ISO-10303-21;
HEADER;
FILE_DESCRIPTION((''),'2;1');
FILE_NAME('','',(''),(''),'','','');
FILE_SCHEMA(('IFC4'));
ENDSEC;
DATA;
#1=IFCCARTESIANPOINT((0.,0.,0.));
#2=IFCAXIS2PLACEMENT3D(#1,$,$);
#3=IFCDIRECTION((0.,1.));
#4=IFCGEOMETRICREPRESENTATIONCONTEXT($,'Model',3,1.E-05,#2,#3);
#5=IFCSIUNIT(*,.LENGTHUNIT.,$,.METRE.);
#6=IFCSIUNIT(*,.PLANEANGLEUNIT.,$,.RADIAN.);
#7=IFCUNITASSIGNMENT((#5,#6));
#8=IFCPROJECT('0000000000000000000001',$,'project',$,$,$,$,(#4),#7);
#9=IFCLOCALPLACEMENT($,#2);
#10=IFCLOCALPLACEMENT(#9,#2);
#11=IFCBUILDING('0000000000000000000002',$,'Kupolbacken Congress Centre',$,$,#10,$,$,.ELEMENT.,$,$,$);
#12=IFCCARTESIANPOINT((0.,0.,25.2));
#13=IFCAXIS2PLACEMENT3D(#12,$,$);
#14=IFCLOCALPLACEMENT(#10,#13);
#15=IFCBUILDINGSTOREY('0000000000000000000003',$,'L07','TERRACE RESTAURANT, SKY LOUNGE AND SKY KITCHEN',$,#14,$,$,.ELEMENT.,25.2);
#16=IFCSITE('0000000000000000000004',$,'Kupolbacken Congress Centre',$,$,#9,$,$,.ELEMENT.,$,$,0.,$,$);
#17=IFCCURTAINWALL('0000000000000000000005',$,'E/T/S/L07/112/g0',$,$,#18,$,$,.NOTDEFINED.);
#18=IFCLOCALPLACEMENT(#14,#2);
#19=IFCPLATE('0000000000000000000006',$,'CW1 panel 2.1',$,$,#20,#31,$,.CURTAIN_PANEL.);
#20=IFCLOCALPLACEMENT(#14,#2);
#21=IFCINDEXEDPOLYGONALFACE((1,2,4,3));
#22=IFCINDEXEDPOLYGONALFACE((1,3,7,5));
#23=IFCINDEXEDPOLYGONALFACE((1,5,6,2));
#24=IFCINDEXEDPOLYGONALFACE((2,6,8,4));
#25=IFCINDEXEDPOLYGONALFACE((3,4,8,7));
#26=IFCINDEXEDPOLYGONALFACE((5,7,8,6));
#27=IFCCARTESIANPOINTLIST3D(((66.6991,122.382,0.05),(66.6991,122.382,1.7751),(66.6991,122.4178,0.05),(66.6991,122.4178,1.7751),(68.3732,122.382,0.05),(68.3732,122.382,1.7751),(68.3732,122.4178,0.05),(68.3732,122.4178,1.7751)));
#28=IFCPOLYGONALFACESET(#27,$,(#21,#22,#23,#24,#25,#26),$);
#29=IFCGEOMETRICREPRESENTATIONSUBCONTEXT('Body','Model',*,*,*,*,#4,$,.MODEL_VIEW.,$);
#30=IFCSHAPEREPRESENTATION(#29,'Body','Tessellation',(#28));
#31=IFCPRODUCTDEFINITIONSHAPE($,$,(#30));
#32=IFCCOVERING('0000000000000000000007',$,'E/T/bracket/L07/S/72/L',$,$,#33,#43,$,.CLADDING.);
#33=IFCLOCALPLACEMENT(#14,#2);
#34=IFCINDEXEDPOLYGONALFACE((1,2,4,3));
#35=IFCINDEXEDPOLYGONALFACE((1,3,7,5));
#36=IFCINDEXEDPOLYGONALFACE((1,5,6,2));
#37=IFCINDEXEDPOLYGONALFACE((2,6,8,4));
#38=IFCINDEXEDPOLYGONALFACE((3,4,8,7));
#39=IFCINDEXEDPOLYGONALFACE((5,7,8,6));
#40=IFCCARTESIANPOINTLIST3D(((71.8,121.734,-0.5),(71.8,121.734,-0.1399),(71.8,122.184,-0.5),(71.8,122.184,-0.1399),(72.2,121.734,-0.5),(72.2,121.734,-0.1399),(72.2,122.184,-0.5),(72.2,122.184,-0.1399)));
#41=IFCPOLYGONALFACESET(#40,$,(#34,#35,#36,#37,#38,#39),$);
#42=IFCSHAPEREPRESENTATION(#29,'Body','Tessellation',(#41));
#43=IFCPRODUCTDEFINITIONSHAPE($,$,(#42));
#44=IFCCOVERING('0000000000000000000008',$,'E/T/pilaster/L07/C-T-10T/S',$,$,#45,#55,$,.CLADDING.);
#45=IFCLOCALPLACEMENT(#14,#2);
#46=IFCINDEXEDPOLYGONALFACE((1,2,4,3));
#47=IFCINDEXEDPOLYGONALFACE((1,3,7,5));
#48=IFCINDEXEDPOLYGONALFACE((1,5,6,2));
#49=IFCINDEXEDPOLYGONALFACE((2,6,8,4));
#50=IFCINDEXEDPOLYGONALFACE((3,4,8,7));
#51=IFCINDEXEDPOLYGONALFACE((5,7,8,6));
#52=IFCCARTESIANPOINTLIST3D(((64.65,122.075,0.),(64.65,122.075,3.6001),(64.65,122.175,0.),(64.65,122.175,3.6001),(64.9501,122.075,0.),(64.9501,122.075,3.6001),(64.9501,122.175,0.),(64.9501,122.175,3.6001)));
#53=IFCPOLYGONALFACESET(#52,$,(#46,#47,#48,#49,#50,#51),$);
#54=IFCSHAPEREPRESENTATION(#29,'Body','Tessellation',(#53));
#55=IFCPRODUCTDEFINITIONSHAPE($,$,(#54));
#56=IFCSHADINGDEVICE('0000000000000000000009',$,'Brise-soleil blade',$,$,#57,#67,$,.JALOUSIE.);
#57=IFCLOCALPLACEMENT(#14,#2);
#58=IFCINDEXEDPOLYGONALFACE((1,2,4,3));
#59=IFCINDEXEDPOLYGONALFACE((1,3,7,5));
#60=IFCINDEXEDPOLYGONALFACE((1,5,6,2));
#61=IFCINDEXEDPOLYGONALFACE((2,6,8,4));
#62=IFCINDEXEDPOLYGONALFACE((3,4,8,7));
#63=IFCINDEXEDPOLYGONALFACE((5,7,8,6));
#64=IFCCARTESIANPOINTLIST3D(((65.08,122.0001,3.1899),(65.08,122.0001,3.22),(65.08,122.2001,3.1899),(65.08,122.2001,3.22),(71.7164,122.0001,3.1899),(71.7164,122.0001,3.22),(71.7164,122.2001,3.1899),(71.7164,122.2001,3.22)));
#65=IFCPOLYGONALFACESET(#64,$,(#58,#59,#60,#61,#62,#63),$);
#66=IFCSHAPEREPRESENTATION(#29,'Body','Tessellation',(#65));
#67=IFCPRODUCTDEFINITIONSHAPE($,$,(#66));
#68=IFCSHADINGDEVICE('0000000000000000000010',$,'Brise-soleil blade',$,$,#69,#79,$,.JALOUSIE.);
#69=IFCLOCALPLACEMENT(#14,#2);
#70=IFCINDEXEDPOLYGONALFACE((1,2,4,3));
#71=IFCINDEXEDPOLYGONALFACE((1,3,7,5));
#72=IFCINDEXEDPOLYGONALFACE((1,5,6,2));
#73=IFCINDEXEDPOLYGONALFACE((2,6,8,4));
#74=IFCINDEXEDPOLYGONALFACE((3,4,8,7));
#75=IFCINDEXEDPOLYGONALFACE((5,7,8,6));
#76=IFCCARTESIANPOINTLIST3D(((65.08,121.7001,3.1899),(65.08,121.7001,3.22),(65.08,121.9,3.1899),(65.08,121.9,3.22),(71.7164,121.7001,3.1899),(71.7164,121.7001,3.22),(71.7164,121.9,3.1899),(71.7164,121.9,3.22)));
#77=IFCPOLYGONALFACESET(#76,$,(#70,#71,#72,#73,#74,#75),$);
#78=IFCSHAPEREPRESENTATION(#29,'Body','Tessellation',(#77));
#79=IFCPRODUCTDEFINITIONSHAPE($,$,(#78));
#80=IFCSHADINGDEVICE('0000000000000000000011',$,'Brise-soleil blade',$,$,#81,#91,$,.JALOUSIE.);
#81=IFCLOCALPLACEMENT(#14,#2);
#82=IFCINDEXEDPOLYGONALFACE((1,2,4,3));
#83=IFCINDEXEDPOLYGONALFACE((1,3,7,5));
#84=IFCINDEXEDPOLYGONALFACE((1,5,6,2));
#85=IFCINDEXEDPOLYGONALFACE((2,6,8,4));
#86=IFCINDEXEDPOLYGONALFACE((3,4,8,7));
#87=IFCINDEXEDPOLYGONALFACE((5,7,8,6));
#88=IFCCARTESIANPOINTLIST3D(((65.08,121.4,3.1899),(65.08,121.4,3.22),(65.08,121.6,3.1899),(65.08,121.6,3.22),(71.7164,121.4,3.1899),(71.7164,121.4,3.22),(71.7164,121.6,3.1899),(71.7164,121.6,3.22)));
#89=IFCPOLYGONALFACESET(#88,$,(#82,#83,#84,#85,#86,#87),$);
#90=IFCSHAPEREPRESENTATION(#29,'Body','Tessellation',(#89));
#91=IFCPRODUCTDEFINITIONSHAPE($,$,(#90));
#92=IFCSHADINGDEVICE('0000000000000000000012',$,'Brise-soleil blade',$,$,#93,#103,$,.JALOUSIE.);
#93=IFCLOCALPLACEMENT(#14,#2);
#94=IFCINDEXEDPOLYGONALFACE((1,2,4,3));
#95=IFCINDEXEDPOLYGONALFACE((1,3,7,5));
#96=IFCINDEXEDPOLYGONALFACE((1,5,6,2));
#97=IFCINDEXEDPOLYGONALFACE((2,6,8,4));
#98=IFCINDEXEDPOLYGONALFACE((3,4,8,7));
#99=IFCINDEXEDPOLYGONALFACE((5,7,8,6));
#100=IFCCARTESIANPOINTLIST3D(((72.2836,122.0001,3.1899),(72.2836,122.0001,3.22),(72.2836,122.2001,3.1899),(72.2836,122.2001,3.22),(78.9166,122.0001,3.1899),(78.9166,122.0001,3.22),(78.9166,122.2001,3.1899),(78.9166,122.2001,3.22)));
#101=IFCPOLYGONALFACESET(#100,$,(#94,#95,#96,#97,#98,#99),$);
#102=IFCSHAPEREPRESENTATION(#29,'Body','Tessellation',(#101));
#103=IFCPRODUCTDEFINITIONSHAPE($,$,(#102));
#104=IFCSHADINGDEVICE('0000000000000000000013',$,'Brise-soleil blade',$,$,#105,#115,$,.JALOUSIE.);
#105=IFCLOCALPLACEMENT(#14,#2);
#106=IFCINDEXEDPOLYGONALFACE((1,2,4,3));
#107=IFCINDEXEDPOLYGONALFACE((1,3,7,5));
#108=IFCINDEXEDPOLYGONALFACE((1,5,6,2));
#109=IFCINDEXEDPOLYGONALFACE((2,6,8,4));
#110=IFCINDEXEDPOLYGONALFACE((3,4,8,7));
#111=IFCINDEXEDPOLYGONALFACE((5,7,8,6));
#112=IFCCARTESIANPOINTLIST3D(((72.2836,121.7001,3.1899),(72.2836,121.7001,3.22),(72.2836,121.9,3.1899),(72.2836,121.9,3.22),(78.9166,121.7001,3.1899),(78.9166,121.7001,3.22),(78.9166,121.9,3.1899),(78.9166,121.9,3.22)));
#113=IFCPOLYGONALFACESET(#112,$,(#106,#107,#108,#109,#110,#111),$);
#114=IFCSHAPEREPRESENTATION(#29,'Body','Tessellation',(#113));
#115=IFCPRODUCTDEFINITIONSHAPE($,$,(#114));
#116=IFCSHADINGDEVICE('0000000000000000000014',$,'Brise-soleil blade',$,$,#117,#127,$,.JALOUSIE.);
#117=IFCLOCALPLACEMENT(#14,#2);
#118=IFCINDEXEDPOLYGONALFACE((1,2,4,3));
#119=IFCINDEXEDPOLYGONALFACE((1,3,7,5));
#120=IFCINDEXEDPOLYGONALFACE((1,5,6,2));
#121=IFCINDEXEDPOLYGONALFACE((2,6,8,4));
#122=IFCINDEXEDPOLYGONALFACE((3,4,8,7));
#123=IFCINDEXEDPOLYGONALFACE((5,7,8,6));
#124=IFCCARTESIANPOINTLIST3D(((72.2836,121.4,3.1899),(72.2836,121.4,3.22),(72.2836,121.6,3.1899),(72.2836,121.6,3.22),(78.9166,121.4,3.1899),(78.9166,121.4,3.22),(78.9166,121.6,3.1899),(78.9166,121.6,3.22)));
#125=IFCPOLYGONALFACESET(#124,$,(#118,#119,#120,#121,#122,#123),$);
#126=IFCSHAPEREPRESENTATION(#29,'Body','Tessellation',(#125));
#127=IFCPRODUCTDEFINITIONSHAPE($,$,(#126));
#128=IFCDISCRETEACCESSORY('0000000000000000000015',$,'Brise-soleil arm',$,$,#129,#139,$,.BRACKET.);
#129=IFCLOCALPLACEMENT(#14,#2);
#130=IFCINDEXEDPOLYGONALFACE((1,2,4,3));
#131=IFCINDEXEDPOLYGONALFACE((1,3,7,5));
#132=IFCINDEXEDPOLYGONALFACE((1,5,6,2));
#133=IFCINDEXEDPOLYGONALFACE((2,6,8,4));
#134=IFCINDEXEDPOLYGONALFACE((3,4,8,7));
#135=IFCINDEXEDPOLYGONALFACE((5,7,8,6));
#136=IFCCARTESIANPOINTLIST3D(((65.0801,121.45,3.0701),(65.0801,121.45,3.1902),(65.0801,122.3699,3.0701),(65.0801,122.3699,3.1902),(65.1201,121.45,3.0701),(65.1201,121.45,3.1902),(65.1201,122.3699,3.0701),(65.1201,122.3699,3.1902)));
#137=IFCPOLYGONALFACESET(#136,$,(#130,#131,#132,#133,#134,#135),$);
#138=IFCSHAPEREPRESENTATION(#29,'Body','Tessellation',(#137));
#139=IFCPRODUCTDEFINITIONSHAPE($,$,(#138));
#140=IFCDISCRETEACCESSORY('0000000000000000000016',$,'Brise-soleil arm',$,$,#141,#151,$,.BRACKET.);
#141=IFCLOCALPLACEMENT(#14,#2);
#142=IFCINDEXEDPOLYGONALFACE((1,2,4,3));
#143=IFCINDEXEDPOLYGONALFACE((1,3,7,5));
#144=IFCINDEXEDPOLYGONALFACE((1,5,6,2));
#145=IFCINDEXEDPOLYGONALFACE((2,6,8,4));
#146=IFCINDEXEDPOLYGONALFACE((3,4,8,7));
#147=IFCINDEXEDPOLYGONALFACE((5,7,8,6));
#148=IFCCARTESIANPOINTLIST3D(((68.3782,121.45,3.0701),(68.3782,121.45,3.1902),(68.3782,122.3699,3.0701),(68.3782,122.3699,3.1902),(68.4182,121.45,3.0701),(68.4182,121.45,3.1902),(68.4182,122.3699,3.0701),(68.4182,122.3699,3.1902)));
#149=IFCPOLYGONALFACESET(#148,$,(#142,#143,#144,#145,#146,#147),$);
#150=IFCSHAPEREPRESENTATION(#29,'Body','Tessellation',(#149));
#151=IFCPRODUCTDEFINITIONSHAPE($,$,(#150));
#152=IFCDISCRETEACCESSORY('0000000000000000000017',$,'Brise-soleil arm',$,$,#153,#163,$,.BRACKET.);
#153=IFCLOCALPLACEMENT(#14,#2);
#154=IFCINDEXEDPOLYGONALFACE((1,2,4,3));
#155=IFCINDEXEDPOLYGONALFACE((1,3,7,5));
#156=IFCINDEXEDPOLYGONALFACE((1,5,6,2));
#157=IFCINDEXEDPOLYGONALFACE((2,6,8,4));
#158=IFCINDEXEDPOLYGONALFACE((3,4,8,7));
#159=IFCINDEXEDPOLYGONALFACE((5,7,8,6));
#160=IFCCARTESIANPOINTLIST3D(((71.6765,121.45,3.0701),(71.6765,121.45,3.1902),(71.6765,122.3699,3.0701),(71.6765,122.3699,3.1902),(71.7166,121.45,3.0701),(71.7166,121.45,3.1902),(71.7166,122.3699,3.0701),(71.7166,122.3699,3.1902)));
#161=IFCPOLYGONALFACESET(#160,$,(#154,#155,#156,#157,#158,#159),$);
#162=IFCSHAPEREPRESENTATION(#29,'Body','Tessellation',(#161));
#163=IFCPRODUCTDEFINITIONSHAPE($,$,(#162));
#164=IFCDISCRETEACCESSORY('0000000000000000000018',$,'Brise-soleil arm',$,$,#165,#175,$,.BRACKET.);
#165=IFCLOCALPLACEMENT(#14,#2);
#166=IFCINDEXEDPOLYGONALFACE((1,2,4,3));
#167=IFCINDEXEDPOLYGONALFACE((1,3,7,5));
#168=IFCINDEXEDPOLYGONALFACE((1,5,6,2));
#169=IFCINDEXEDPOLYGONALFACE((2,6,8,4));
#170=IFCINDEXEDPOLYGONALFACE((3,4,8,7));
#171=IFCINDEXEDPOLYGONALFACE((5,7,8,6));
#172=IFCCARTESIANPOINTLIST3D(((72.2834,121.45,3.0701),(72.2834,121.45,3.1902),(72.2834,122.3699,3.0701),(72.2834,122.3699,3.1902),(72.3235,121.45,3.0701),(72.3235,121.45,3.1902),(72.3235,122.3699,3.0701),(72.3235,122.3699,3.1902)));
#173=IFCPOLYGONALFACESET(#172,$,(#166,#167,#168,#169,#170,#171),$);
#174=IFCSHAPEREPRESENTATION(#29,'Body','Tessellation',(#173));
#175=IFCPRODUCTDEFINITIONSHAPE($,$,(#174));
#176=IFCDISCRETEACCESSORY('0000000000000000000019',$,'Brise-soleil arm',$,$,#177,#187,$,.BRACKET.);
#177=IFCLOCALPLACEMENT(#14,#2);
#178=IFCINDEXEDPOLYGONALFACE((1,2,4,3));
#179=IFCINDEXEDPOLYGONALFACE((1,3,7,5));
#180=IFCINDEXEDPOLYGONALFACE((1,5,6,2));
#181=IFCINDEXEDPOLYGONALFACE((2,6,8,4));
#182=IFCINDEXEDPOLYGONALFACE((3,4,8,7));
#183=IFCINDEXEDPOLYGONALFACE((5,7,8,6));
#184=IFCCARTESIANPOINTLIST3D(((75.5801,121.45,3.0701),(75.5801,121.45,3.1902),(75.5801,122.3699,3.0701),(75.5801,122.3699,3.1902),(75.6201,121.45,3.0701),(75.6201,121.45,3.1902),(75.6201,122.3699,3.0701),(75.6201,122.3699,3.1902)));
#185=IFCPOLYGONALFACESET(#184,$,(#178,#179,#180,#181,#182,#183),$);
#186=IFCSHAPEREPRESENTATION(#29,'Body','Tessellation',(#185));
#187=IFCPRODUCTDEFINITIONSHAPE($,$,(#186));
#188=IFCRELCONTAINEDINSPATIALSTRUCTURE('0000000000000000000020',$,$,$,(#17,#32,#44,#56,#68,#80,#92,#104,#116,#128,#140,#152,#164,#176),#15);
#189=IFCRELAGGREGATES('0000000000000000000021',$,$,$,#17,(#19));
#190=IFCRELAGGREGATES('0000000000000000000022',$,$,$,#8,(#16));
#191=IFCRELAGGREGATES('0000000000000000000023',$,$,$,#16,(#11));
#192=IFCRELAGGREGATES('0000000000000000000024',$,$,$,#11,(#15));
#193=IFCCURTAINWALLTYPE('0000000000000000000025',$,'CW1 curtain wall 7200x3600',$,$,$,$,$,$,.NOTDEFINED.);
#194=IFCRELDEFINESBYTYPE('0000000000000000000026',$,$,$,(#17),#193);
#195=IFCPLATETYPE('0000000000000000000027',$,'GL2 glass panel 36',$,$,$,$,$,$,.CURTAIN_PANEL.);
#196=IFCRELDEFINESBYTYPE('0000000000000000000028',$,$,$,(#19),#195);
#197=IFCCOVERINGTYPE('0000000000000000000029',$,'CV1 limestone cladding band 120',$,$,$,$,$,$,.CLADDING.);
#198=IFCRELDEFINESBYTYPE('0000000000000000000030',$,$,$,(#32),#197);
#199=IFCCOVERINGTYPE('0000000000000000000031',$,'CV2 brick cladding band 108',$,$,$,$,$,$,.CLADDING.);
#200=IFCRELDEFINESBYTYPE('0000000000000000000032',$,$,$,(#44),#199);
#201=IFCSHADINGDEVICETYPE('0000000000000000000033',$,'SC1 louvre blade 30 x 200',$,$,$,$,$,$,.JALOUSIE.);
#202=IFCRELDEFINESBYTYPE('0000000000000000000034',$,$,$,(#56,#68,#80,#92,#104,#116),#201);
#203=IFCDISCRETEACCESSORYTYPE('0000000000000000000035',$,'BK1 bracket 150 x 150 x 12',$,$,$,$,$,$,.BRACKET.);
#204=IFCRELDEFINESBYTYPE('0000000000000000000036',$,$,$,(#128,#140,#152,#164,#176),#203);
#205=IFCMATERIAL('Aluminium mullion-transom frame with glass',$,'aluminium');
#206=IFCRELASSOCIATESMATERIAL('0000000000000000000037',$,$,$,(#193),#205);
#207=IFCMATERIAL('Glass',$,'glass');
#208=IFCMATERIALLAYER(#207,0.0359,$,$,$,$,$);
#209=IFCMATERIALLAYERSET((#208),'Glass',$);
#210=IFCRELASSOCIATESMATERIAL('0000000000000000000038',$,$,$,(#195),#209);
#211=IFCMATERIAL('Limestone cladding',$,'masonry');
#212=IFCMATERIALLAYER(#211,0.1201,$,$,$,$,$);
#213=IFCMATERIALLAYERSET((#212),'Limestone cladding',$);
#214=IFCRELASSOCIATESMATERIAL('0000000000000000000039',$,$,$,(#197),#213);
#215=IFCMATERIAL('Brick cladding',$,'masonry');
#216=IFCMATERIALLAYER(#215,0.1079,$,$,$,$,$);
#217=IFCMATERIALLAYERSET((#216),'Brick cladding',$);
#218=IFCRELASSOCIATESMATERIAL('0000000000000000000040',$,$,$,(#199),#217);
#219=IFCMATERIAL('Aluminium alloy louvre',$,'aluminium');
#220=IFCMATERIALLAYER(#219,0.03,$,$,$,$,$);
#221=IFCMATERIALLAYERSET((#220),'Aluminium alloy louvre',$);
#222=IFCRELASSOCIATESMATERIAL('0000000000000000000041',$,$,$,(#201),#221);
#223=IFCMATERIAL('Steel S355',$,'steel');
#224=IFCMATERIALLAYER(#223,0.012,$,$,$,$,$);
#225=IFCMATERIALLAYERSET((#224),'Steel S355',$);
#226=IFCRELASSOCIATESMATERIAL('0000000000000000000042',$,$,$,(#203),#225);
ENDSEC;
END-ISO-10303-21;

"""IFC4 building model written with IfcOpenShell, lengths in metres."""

from ifc_helpers import new_model, si_unit, direction, frame, origin, origin_2d, place, context, subcontext, project, spatial, rectangle, extrude, material, layer, layer_set, type_object, element, aggregate, save


model = new_model("IFC4")

# Units and contexts
model_context = context("Model", 3, precision=1e-05, world=origin(), true_north=direction((0.0, 1.0)))
body_context = subcontext(model_context, "Body", "Model", "MODEL_VIEW")
ifc_project = project(units=[si_unit("LENGTHUNIT", "METRE"), si_unit("PLANEANGLEUNIT", "RADIAN")], contexts=[model_context])

# Site, building, storey
site_placement = place(None, origin())
site = spatial("IfcSite", under=ifc_project, at=site_placement, Name="Kupolbacken Congress Centre", CompositionType="ELEMENT", RefElevation=0.0)
building_placement = place(site_placement, origin())
building = spatial("IfcBuilding", under=site, at=building_placement, Name="Kupolbacken Congress Centre", CompositionType="ELEMENT")
storey_placement = place(building_placement, frame((0.0, 0.0, 25.2)))
storey = spatial("IfcBuildingStorey", under=building, at=storey_placement, Name="L07", Description="TERRACE RESTAURANT, SKY LOUNGE AND SKY KITCHEN", CompositionType="ELEMENT", Elevation=25.2)

# Curtain wall
ifc_material_1 = material(Name="Aluminium mullion-transom frame with glass", Category="aluminium")
curtain_wall_type_1 = type_object("IfcCurtainWallType", Name="CW1 curtain wall 7200x3600", PredefinedType="NOTDEFINED", material=ifc_material_1)
curtain_wall_1_placement = place(storey_placement, origin())
curtain_wall_1 = element("IfcCurtainWall", 1, at=curtain_wall_1_placement, inside=storey, type_object=curtain_wall_type_1, Name="E/T/S/L07/112/g0", PredefinedType="NOTDEFINED")

# Plate
ifc_material_2 = material(Name="Glass", Category="glass")
ifc_layer_1 = layer(ifc_material_2, 0.0359)
ifc_layer_set_1 = layer_set([ifc_layer_1], Name="Glass")
plate_type_1 = type_object("IfcPlateType", Name="GL2 glass panel 36", PredefinedType="CURTAIN_PANEL", material=ifc_layer_set_1)
plate_1_placement = place(storey_placement, frame((67.5361, 122.3999, 0.05), z_axis=(0.0, 0.0, 1.0), x_axis=(1.0, 0.0, 0.0)))
plate_1 = element("IfcPlate", 2, at=plate_1_placement, type_object=plate_type_1, Name="CW1 panel 2.1", PredefinedType="CURTAIN_PANEL", context=body_context, shape_type="SweptSolid", body=[
    extrude(rectangle(XDim=1.6741, YDim=0.0359, at=origin_2d()), origin(), (0.0, 0.0, 1.0), 1.7251),
])
aggregate(curtain_wall_1, [plate_1])

# Coverings
ifc_material_3 = material(Name="Limestone cladding", Category="masonry")
ifc_layer_2 = layer(ifc_material_3, 0.1201)
ifc_layer_set_2 = layer_set([ifc_layer_2], Name="Limestone cladding")
covering_type_1 = type_object("IfcCoveringType", Name="CV1 limestone cladding band 120", PredefinedType="CLADDING", material=ifc_layer_set_2)
covering_1_placement = place(storey_placement, frame((72.0, 121.959, -0.5), z_axis=(0.0, 0.0, 1.0), x_axis=(1.0, 0.0, 0.0)))
element("IfcCovering", 3, at=covering_1_placement, inside=storey, type_object=covering_type_1, Name="E/T/bracket/L07/S/72/L", PredefinedType="CLADDING", context=body_context, shape_type="SweptSolid", body=[
    extrude(rectangle(XDim=0.3999, YDim=0.45, at=origin_2d()), origin(), (0.0, 0.0, 1.0), 0.3601),
])
ifc_material_4 = material(Name="Brick cladding", Category="masonry")
ifc_layer_3 = layer(ifc_material_4, 0.1079)
ifc_layer_set_3 = layer_set([ifc_layer_3], Name="Brick cladding")
covering_type_2 = type_object("IfcCoveringType", Name="CV2 brick cladding band 108", PredefinedType="CLADDING", material=ifc_layer_set_3)
covering_2_placement = place(storey_placement, frame((64.8, 122.125, 0.0), z_axis=(0.0, 0.0, 1.0), x_axis=(1.0, 0.0, 0.0)))
element("IfcCovering", 4, at=covering_2_placement, inside=storey, type_object=covering_type_2, Name="E/T/pilaster/L07/C-T-10T/S", PredefinedType="CLADDING", context=body_context, shape_type="SweptSolid", body=[
    extrude(rectangle(XDim=0.3, YDim=0.1001, at=origin_2d()), origin(), (0.0, 0.0, 1.0), 3.6001),
])

# Shading devices
ifc_material_5 = material(Name="Aluminium alloy louvre", Category="aluminium")
ifc_layer_4 = layer(ifc_material_5, 0.03)
ifc_layer_set_4 = layer_set([ifc_layer_4], Name="Aluminium alloy louvre")
shading_device_type = type_object("IfcShadingDeviceType", Name="SC1 louvre blade 30 x 200", PredefinedType="JALOUSIE", material=ifc_layer_set_4)
for number, where, z_axis, x_axis, name in (
    (5, (68.3982, 122.1001, 3.1899), (0.0, 0.0, 1.0), (1.0, 0.0, 0.0), "Brise-soleil blade"),
    (6, (68.3982, 121.8, 3.1899), (0.0, 0.0, 1.0), (1.0, 0.0, 0.0), "Brise-soleil blade"),
    (7, (68.3982, 121.5, 3.1899), (0.0, 0.0, 1.0), (1.0, 0.0, 0.0), "Brise-soleil blade"),
):
    element("IfcShadingDevice", number, at=place(storey_placement, frame(where, z_axis=z_axis, x_axis=x_axis)), inside=storey, type_object=shading_device_type, Name=name, PredefinedType="JALOUSIE", context=body_context, shape_type="SweptSolid", body=[
        extrude(rectangle(XDim=6.6365, YDim=0.2, at=origin_2d()), origin(), (0.0, 0.0, 1.0), 0.03),
    ])
for number, where, z_axis, x_axis, name in (
    (8, (75.6001, 122.1001, 3.1899), (0.0, 0.0, 1.0), (1.0, 0.0, 0.0), "Brise-soleil blade"),
    (9, (75.6001, 121.8, 3.1899), (0.0, 0.0, 1.0), (1.0, 0.0, 0.0), "Brise-soleil blade"),
    (10, (75.6001, 121.5, 3.1899), (0.0, 0.0, 1.0), (1.0, 0.0, 0.0), "Brise-soleil blade"),
):
    element("IfcShadingDevice", number, at=place(storey_placement, frame(where, z_axis=z_axis, x_axis=x_axis)), inside=storey, type_object=shading_device_type, Name=name, PredefinedType="JALOUSIE", context=body_context, shape_type="SweptSolid", body=[
        extrude(rectangle(XDim=6.6331, YDim=0.2, at=origin_2d()), origin(), (0.0, 0.0, 1.0), 0.03),
    ])

# Discrete accessories
ifc_material_6 = material(Name="Steel S355", Category="steel")
ifc_layer_5 = layer(ifc_material_6, 0.012)
ifc_layer_set_5 = layer_set([ifc_layer_5], Name="Steel S355")
discrete_accessory_type = type_object("IfcDiscreteAccessoryType", Name="BK1 bracket 150 x 150 x 12", PredefinedType="BRACKET", material=ifc_layer_set_5)
for number, where, z_axis, x_axis, name in (
    (11, (65.1001, 121.9099, 3.0701), (0.0, 0.0, 1.0), (1.0, 0.0, 0.0), "Brise-soleil arm"),
    (12, (68.3982, 121.9099, 3.0701), (0.0, 0.0, 1.0), (1.0, 0.0, 0.0), "Brise-soleil arm"),
    (13, (71.6965, 121.9099, 3.0701), (0.0, 0.0, 1.0), (1.0, 0.0, 0.0), "Brise-soleil arm"),
    (14, (72.3035, 121.9099, 3.0701), (0.0, 0.0, 1.0), (1.0, 0.0, 0.0), "Brise-soleil arm"),
    (15, (75.6001, 121.9099, 3.0701), (0.0, 0.0, 1.0), (1.0, 0.0, 0.0), "Brise-soleil arm"),
):
    element("IfcDiscreteAccessory", number, at=place(storey_placement, frame(where, z_axis=z_axis, x_axis=x_axis)), inside=storey, type_object=discrete_accessory_type, Name=name, PredefinedType="BRACKET", context=body_context, shape_type="SweptSolid", body=[
        extrude(rectangle(XDim=0.04, YDim=0.9199, at=origin_2d()), origin(), (0.0, 0.0, 1.0), 0.1201),
    ])

save(model, "model.ifc")
